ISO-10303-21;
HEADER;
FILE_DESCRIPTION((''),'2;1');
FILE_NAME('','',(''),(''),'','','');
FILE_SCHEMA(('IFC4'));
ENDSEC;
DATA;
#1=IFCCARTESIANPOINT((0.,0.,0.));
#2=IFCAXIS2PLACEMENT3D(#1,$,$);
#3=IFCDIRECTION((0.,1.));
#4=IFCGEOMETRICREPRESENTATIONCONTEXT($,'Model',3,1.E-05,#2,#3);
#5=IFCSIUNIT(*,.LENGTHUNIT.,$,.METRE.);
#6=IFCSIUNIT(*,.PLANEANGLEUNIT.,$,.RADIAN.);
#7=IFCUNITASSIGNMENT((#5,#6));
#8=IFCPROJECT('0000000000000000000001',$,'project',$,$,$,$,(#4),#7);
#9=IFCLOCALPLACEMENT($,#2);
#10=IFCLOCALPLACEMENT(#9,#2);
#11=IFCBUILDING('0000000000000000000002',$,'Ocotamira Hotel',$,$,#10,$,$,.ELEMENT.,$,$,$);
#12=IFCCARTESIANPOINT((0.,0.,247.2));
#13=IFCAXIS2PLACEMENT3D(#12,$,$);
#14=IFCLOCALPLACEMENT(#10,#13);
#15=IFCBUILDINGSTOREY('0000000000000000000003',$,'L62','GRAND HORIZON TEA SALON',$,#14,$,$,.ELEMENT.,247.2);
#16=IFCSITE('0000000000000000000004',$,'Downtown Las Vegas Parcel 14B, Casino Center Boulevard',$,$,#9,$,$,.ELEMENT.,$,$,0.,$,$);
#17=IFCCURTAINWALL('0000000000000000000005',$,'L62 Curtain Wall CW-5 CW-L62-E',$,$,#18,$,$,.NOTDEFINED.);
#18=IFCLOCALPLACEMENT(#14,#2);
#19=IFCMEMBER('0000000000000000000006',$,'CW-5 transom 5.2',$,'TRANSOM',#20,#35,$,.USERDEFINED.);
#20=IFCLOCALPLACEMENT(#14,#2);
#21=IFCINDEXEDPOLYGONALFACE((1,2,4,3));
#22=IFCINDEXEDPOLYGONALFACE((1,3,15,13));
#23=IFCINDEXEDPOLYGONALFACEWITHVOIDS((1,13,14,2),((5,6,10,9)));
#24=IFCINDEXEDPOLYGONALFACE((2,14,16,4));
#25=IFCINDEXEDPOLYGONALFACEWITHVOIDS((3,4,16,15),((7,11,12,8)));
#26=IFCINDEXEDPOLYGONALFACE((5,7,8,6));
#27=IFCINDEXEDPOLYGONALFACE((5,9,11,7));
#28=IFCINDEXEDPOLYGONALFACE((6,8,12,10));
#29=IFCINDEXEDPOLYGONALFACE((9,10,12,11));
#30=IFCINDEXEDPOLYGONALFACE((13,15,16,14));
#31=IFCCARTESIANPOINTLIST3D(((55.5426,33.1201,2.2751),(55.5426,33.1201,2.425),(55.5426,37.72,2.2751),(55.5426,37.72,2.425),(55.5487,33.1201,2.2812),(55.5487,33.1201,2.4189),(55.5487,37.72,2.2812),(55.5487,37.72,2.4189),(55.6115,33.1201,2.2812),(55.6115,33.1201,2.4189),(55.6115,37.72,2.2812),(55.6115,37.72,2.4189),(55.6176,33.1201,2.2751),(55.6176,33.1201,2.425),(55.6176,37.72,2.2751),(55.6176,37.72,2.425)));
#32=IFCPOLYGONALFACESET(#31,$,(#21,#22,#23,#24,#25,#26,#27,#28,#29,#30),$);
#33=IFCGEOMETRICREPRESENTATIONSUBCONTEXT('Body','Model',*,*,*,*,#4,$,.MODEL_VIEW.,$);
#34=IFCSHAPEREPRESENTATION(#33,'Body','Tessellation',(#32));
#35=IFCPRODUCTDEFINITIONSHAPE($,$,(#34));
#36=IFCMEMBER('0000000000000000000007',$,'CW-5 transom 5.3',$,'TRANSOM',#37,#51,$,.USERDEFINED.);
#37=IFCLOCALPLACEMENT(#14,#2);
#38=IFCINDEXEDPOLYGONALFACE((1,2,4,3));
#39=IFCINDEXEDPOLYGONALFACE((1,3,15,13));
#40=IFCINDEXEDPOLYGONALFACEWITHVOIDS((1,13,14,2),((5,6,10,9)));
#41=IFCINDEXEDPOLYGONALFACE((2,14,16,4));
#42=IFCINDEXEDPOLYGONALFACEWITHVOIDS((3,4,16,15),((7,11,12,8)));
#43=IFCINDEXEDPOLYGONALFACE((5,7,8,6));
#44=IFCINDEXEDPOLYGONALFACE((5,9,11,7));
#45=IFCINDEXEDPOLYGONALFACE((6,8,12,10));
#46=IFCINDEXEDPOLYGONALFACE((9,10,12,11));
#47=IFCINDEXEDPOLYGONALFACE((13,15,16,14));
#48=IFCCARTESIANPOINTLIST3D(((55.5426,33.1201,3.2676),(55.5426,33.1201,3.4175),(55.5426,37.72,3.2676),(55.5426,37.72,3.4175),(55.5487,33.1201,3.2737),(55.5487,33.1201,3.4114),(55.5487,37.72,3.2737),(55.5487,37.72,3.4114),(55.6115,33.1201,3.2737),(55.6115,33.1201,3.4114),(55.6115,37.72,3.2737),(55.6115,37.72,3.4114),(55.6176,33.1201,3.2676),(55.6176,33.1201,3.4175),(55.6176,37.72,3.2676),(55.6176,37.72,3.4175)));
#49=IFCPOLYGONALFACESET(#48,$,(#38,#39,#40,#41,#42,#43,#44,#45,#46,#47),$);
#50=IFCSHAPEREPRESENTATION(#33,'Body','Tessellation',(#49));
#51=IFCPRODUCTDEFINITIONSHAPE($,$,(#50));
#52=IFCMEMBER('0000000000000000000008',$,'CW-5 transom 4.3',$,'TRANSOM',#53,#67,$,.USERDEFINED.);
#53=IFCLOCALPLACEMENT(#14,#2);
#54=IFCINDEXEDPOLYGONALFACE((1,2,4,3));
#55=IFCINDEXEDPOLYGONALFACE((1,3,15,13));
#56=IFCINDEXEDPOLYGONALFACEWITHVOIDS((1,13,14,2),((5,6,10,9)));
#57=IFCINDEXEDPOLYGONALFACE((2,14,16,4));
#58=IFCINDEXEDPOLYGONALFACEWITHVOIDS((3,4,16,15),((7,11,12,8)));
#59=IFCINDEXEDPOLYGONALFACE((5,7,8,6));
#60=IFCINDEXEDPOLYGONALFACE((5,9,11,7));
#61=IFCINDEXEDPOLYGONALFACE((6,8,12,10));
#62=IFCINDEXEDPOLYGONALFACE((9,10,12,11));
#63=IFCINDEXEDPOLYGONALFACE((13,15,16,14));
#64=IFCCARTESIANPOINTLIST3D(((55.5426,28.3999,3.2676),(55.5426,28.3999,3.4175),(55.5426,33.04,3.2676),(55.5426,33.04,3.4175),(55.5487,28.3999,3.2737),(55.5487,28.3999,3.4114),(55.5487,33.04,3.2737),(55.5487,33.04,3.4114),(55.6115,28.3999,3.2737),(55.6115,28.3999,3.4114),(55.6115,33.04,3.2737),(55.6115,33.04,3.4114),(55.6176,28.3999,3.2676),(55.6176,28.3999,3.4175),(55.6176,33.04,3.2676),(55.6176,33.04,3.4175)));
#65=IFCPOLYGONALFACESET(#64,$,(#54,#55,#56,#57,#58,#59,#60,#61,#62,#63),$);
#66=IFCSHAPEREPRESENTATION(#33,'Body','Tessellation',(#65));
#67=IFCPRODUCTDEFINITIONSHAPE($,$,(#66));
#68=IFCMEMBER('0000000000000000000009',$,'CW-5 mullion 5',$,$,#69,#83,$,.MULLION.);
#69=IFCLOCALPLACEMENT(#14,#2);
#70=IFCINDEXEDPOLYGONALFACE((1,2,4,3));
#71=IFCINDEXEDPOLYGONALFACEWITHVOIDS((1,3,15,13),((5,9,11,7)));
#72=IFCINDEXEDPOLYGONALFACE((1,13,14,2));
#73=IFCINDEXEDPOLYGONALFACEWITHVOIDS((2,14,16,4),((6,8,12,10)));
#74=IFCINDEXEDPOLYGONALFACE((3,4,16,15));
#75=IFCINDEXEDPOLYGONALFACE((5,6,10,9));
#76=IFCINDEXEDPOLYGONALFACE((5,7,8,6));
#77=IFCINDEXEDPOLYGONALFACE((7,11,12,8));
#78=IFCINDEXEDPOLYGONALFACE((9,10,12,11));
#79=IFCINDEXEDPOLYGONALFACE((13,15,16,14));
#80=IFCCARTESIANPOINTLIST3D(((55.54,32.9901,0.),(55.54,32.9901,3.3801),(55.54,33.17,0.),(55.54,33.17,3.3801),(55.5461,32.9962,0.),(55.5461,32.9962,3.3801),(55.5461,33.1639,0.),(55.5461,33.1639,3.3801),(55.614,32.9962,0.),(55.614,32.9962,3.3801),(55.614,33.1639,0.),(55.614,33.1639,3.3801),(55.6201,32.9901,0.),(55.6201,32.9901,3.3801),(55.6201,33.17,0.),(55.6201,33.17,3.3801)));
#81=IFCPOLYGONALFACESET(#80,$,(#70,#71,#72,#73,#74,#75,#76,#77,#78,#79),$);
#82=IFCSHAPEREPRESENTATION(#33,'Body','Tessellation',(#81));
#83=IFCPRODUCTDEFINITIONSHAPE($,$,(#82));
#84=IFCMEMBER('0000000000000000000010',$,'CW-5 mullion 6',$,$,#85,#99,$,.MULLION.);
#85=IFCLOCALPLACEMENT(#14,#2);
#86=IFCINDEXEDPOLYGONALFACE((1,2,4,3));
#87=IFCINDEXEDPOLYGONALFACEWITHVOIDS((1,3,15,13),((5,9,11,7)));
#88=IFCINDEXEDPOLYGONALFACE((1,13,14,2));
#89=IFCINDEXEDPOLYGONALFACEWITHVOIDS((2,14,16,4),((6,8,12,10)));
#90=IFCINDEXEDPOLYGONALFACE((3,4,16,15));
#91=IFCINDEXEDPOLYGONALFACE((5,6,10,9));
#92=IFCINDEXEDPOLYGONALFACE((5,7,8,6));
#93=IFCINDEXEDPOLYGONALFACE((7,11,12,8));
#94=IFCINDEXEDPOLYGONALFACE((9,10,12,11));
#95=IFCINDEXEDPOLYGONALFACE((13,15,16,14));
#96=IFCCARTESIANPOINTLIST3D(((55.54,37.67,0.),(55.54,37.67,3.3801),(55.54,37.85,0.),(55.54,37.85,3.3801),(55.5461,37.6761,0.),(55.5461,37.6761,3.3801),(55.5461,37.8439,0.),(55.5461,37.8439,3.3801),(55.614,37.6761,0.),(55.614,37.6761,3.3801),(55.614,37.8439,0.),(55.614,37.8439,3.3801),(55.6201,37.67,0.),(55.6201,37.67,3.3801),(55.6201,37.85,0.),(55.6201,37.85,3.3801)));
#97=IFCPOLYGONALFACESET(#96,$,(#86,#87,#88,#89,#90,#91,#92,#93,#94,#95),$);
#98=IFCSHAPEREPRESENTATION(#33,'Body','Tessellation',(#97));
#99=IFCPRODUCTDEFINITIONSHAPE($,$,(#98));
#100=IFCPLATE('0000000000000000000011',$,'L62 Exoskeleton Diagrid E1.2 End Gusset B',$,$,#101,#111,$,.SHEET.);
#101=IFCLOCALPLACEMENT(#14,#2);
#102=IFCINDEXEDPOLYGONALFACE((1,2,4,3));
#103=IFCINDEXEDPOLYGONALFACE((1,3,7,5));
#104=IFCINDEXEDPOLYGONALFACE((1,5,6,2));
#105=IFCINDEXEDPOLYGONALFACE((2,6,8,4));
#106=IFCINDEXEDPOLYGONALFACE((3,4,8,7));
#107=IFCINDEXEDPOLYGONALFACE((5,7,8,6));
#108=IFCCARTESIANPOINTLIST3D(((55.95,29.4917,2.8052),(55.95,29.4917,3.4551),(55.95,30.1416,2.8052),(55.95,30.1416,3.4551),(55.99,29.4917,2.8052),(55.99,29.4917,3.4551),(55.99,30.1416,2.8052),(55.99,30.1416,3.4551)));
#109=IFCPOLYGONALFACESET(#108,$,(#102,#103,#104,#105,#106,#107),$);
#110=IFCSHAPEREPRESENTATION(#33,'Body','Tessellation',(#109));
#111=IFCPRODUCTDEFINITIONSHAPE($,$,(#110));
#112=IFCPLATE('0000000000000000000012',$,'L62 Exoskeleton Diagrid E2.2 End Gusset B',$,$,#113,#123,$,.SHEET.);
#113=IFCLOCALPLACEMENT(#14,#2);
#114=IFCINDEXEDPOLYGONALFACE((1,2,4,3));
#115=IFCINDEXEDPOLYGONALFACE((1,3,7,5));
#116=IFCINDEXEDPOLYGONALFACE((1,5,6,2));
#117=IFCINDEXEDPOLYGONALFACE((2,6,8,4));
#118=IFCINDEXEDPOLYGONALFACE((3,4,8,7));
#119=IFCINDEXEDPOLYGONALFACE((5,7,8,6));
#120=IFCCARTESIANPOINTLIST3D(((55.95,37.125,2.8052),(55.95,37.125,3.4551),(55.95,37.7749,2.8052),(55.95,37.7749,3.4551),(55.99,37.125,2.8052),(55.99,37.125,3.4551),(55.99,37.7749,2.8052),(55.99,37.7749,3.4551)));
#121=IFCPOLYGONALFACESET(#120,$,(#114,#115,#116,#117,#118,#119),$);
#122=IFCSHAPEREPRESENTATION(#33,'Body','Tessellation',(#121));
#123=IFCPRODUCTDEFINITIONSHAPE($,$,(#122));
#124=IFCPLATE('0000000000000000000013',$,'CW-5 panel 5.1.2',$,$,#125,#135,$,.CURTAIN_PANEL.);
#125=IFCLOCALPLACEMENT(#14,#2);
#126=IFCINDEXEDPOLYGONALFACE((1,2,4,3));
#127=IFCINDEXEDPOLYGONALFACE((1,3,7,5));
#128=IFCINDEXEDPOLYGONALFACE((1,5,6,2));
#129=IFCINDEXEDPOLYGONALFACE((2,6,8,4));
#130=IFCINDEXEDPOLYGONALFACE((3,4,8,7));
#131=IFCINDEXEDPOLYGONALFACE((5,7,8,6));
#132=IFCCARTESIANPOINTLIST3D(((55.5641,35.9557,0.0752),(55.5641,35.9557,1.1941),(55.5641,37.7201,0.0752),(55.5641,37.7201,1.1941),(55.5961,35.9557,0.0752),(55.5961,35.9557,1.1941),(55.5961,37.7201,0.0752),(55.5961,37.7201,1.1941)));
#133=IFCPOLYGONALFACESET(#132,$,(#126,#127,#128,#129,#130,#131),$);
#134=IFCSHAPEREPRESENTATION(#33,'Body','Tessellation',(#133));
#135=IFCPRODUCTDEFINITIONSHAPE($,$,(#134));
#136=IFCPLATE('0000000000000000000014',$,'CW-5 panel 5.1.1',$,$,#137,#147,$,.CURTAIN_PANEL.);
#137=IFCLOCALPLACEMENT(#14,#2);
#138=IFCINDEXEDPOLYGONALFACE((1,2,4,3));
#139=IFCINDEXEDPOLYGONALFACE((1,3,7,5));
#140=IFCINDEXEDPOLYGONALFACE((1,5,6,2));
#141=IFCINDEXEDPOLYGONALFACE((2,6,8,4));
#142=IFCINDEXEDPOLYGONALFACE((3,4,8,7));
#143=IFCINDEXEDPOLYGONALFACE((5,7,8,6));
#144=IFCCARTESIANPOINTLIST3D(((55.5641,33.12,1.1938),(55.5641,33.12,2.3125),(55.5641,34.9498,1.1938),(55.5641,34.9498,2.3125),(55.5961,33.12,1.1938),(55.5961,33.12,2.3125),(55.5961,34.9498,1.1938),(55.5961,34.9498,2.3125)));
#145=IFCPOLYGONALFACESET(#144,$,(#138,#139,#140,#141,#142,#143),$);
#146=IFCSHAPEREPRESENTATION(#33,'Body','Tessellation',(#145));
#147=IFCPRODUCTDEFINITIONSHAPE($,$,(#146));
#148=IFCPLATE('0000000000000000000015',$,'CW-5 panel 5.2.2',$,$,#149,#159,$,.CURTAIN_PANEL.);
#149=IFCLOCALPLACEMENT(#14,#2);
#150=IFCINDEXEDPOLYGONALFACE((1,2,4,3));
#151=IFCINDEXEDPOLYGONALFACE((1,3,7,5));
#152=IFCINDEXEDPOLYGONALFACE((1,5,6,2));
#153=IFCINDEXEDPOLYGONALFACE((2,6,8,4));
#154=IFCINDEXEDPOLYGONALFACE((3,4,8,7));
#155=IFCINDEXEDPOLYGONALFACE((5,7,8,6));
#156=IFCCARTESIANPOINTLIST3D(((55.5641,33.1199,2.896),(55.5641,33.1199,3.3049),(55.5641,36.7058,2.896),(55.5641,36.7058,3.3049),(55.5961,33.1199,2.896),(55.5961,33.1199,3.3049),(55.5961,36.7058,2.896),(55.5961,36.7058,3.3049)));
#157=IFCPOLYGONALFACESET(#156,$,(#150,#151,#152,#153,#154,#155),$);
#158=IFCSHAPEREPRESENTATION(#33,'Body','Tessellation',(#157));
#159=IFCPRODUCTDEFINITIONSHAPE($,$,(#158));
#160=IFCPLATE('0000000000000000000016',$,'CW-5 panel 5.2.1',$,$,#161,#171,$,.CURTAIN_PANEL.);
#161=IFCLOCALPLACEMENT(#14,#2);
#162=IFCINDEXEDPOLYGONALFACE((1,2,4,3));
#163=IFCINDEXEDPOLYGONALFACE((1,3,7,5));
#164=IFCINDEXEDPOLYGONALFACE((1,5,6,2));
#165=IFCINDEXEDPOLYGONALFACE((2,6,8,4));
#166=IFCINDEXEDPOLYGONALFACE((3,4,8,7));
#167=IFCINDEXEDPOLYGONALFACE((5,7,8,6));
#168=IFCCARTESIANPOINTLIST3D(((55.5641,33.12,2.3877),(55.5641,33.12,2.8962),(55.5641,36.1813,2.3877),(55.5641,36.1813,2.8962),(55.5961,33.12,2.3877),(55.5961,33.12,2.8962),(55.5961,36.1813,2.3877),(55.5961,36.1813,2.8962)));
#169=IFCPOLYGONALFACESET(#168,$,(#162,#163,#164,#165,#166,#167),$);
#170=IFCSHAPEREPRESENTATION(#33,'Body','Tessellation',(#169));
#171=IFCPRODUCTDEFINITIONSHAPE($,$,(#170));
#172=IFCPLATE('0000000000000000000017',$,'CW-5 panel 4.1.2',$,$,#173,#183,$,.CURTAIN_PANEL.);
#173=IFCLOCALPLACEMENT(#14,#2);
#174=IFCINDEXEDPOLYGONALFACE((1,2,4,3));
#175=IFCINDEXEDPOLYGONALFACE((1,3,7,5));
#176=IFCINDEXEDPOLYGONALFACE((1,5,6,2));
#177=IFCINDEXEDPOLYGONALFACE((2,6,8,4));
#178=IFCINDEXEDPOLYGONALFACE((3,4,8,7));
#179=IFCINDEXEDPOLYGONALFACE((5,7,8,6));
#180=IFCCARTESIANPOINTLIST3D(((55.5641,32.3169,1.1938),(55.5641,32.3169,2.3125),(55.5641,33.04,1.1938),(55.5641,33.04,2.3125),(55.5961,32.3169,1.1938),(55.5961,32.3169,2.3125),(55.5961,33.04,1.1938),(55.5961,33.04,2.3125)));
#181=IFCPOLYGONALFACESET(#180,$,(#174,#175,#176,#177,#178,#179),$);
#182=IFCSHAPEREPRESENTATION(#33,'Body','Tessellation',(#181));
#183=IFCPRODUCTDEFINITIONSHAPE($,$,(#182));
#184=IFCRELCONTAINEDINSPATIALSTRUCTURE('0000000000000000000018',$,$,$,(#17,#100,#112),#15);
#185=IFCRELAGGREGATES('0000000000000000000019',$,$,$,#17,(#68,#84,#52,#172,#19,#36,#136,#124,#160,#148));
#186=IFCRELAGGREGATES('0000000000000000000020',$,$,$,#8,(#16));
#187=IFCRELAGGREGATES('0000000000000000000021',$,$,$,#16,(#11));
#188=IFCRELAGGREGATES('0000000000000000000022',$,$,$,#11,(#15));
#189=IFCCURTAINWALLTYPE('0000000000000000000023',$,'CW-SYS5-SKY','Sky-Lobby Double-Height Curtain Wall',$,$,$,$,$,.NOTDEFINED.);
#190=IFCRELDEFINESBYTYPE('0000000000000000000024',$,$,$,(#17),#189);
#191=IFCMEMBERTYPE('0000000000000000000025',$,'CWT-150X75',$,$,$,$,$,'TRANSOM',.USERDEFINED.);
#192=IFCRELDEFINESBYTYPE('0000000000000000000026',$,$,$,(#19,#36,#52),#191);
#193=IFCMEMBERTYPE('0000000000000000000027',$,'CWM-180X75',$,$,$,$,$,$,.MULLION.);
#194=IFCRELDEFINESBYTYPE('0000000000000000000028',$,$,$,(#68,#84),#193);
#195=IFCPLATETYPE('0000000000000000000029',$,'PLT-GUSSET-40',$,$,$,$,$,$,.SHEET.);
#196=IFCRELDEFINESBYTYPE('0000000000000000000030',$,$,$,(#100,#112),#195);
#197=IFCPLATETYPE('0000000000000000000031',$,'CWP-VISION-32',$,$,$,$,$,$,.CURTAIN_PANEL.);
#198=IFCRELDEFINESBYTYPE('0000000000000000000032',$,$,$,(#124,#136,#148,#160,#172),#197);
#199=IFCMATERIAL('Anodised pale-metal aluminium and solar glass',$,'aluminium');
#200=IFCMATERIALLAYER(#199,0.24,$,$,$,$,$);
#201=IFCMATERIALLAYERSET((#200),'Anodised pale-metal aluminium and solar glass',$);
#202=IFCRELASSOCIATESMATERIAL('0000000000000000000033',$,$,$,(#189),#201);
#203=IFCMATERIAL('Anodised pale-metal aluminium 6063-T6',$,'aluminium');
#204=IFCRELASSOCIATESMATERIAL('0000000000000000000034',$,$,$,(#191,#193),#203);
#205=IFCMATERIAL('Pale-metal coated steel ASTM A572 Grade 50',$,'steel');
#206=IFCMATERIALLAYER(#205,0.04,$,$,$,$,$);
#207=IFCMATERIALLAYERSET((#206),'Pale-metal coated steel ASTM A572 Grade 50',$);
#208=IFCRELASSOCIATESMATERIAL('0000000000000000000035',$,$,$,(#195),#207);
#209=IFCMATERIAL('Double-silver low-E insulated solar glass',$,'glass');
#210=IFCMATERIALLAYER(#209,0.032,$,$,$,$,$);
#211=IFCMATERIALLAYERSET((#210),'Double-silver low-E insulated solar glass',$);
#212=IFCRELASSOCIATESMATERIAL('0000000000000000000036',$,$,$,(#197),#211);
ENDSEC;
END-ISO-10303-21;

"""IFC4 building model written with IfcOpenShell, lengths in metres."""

from ifc_helpers import new_model, si_unit, direction, frame, origin, origin_2d, place, context, subcontext, project, spatial, rectangle, hollow_rectangle, extrude, source, transform, mapped, material, layer, layer_set, material_profile, profile_set, type_object, element, aggregate, save


model = new_model("IFC4")

# Units and contexts
model_context = context("Model", 3, precision=1e-05, world=origin(), true_north=direction((0.0, 1.0)))
body_context = subcontext(model_context, "Body", "Model", "MODEL_VIEW")
ifc_project = project(units=[si_unit("LENGTHUNIT", "METRE"), si_unit("PLANEANGLEUNIT", "RADIAN")], contexts=[model_context])

# Site, building, storey
site_placement = place(None, origin())
site = spatial("IfcSite", under=ifc_project, at=site_placement, Name="Downtown Las Vegas Parcel 14B, Casino Center Boulevard", CompositionType="ELEMENT", RefElevation=0.0)
building_placement = place(site_placement, origin())
building = spatial("IfcBuilding", under=site, at=building_placement, Name="Ocotamira Hotel", CompositionType="ELEMENT")
storey_placement = place(building_placement, frame((0.0, 0.0, 247.2)))
storey = spatial("IfcBuildingStorey", under=building, at=storey_placement, Name="L62", Description="GRAND HORIZON TEA SALON", CompositionType="ELEMENT", Elevation=247.2)

# Curtain wall, members
ifc_material_1 = material(Name="Anodised pale-metal aluminium and solar glass", Category="aluminium")
ifc_layer_1 = layer(ifc_material_1, 0.24)
ifc_layer_set_1 = layer_set([ifc_layer_1], Name="Anodised pale-metal aluminium and solar glass")
curtain_wall_type = type_object("IfcCurtainWallType", Name="CW-SYS5-SKY", Description="Sky-Lobby Double-Height Curtain Wall", PredefinedType="NOTDEFINED", material=ifc_layer_set_1)
curtain_wall_placement = place(storey_placement, origin())
curtain_wall = element("IfcCurtainWall", 1, at=curtain_wall_placement, inside=storey, type_object=curtain_wall_type, Name="L62 Curtain Wall CW-5 CW-L62-E", PredefinedType="NOTDEFINED")
ifc_material_2 = material(Name="Anodised pale-metal aluminium 6063-T6", Category="aluminium")
ifc_material_profile_1 = material_profile(ifc_material_2, hollow_rectangle(XDim=0.075, YDim=0.1499, WallThickness=0.0061, at=origin_2d()), Name="HSS150X75X6")
ifc_profile_set_1 = profile_set([ifc_material_profile_1], Name="Anodised pale-metal aluminium 6063-T6")
member_type_1 = type_object("IfcMemberType", Name="CWT-150X75", ElementType="TRANSOM", PredefinedType="USERDEFINED", material=ifc_profile_set_1)
shared_shape_1 = source(origin(), body_context, "Body", "SweptSolid", [
    extrude(hollow_rectangle(XDim=0.075, YDim=0.1499, WallThickness=0.0061, at=origin_2d()), origin(), (0.0, 0.0, 1.0), 4.5999),
])
member_1_placement = place(storey_placement, frame((55.5801, 33.1201, 2.3501), z_axis=(0.0, 1.0, 0.0), x_axis=(-1.0, 0.0, 0.0)))
member_1 = element("IfcMember", 2, at=member_1_placement, type_object=member_type_1, Name="CW-5 transom 5.2", ObjectType="TRANSOM", PredefinedType="USERDEFINED", context=body_context, shape_type="MappedRepresentation", body=[
    mapped(shared_shape_1, transform((0.0, 0.0, 0.0), scale=1.0)),
])
member_2_placement = place(storey_placement, frame((55.5801, 33.1201, 3.3425), z_axis=(0.0, 1.0, 0.0), x_axis=(-1.0, 0.0, 0.0)))
member_2 = element("IfcMember", 3, at=member_2_placement, type_object=member_type_1, Name="CW-5 transom 5.3", ObjectType="TRANSOM", PredefinedType="USERDEFINED", context=body_context, shape_type="MappedRepresentation", body=[
    mapped(shared_shape_1, transform((0.0, 0.0, 0.0), scale=1.0)),
])
shared_shape_2 = source(origin(), body_context, "Body", "SweptSolid", [
    extrude(hollow_rectangle(XDim=0.075, YDim=0.1499, WallThickness=0.0061, at=origin_2d()), origin(), (0.0, 0.0, 1.0), 4.6401),
])
member_3_placement = place(storey_placement, frame((55.5801, 28.3999, 3.3425), z_axis=(0.0, 1.0, 0.0), x_axis=(-1.0, 0.0, 0.0)))
member_3 = element("IfcMember", 4, at=member_3_placement, type_object=member_type_1, Name="CW-5 transom 4.3", ObjectType="TRANSOM", PredefinedType="USERDEFINED", context=body_context, shape_type="MappedRepresentation", body=[
    mapped(shared_shape_2, transform((0.0, 0.0, 0.0), scale=1.0)),
])
ifc_material_profile_2 = material_profile(ifc_material_2, hollow_rectangle(XDim=0.0801, YDim=0.1799, WallThickness=0.0061, at=origin_2d()), Name="HSS180X80X6")
ifc_profile_set_2 = profile_set([ifc_material_profile_2], Name="Anodised pale-metal aluminium 6063-T6")
member_type_2 = type_object("IfcMemberType", Name="CWM-180X75", PredefinedType="MULLION", material=ifc_profile_set_2)
shared_shape_3 = source(origin(), body_context, "Body", "SweptSolid", [
    extrude(hollow_rectangle(XDim=0.0801, YDim=0.1799, WallThickness=0.0061, at=origin_2d()), origin(), (0.0, 0.0, 1.0), 3.3801),
])
member_4_placement = place(storey_placement, frame((55.5801, 33.0801, 0.0), z_axis=(0.0, 0.0, 1.0), x_axis=(-1.0, 0.0, 0.0)))
member_4 = element("IfcMember", 5, at=member_4_placement, type_object=member_type_2, Name="CW-5 mullion 5", PredefinedType="MULLION", context=body_context, shape_type="MappedRepresentation", body=[
    mapped(shared_shape_3, transform((0.0, 0.0, 0.0), scale=1.0)),
])
member_5_placement = place(storey_placement, frame((55.5801, 37.76, 0.0), z_axis=(0.0, 0.0, 1.0), x_axis=(-1.0, 0.0, 0.0)))
member_5 = element("IfcMember", 6, at=member_5_placement, type_object=member_type_2, Name="CW-5 mullion 6", PredefinedType="MULLION", context=body_context, shape_type="MappedRepresentation", body=[
    mapped(shared_shape_3, transform((0.0, 0.0, 0.0), scale=1.0)),
])

# Plates
ifc_material_3 = material(Name="Pale-metal coated steel ASTM A572 Grade 50", Category="steel")
ifc_layer_2 = layer(ifc_material_3, 0.04)
ifc_layer_set_2 = layer_set([ifc_layer_2], Name="Pale-metal coated steel ASTM A572 Grade 50")
plate_type_1 = type_object("IfcPlateType", Name="PLT-GUSSET-40", PredefinedType="SHEET", material=ifc_layer_set_2)
shared_shape_4 = source(origin(), body_context, "Body", "SweptSolid", [
    extrude(rectangle(XDim=0.04, YDim=0.6499, at=origin_2d()), origin(), (0.0, 0.0, 1.0), 0.6499),
])
for number, where, z_axis, x_axis, name in (
    (7, (55.97, 29.8167, 2.8052), (0.0, 0.0, 1.0), (1.0, 0.0, 0.0), "L62 Exoskeleton Diagrid E1.2 End Gusset B"),
    (8, (55.97, 37.45, 2.8052), (0.0, 0.0, 1.0), (1.0, 0.0, 0.0), "L62 Exoskeleton Diagrid E2.2 End Gusset B"),
):
    element("IfcPlate", number, at=place(storey_placement, frame(where, z_axis=z_axis, x_axis=x_axis)), inside=storey, type_object=plate_type_1, Name=name, PredefinedType="SHEET", context=body_context, shape_type="MappedRepresentation", body=[
        mapped(shared_shape_4, transform((0.0, 0.0, 0.0), scale=1.0)),
    ])

# Plates
ifc_material_4 = material(Name="Double-silver low-E insulated solar glass", Category="glass")
ifc_layer_3 = layer(ifc_material_4, 0.032)
ifc_layer_set_3 = layer_set([ifc_layer_3], Name="Double-silver low-E insulated solar glass")
plate_type_2 = type_object("IfcPlateType", Name="CWP-VISION-32", PredefinedType="CURTAIN_PANEL", material=ifc_layer_set_3)
shared_shape_5 = source(origin(), body_context, "Body", "SweptSolid", [
    extrude(rectangle(XDim=1.7644, YDim=0.032, at=origin_2d()), origin(), (0.0, 0.0, 1.0), 1.1189),
])
plate_1_placement = place(storey_placement, frame((55.5801, 36.8379, 0.0752), z_axis=(0.0, 0.0, 1.0), x_axis=(0.0, 1.0, 0.0)))
plate_1 = element("IfcPlate", 9, at=plate_1_placement, type_object=plate_type_2, Name="CW-5 panel 5.1.2", PredefinedType="CURTAIN_PANEL", context=body_context, shape_type="MappedRepresentation", body=[
    mapped(shared_shape_5, transform((0.0, 0.0, 0.0), scale=1.0)),
])
shared_shape_6 = source(origin(), body_context, "Body", "SweptSolid", [
    extrude(rectangle(XDim=1.8298, YDim=0.032, at=origin_2d()), origin(), (0.0, 0.0, 1.0), 1.1187),
])
plate_2_placement = place(storey_placement, frame((55.5801, 34.0349, 1.1938), z_axis=(0.0, 0.0, 1.0), x_axis=(0.0, 1.0, 0.0)))
plate_2 = element("IfcPlate", 10, at=plate_2_placement, type_object=plate_type_2, Name="CW-5 panel 5.1.1", PredefinedType="CURTAIN_PANEL", context=body_context, shape_type="MappedRepresentation", body=[
    mapped(shared_shape_6, transform((0.0, 0.0, 0.0), scale=1.0)),
])
shared_shape_7 = source(origin(), body_context, "Body", "SweptSolid", [
    extrude(rectangle(XDim=3.5859, YDim=0.032, at=origin_2d()), origin(), (0.0, 0.0, 1.0), 0.4089),
])
plate_3_placement = place(storey_placement, frame((55.5801, 34.9128, 2.896), z_axis=(0.0, 0.0, 1.0), x_axis=(0.0, 1.0, 0.0)))
plate_3 = element("IfcPlate", 11, at=plate_3_placement, type_object=plate_type_2, Name="CW-5 panel 5.2.2", PredefinedType="CURTAIN_PANEL", context=body_context, shape_type="MappedRepresentation", body=[
    mapped(shared_shape_7, transform((0.0, 0.0, 0.0), scale=1.0)),
])
shared_shape_8 = source(origin(), body_context, "Body", "SweptSolid", [
    extrude(rectangle(XDim=3.0613, YDim=0.032, at=origin_2d()), origin(), (0.0, 0.0, 1.0), 0.5085),
])
plate_4_placement = place(storey_placement, frame((55.5801, 34.6506, 2.3877), z_axis=(0.0, 0.0, 1.0), x_axis=(0.0, 1.0, 0.0)))
plate_4 = element("IfcPlate", 12, at=plate_4_placement, type_object=plate_type_2, Name="CW-5 panel 5.2.1", PredefinedType="CURTAIN_PANEL", context=body_context, shape_type="MappedRepresentation", body=[
    mapped(shared_shape_8, transform((0.0, 0.0, 0.0), scale=1.0)),
])
shared_shape_9 = source(origin(), body_context, "Body", "SweptSolid", [
    extrude(rectangle(XDim=0.7231, YDim=0.032, at=origin_2d()), origin(), (0.0, 0.0, 1.0), 1.1187),
])
plate_5_placement = place(storey_placement, frame((55.5801, 32.6785, 1.1938), z_axis=(0.0, 0.0, 1.0), x_axis=(0.0, 1.0, 0.0)))
plate_5 = element("IfcPlate", 13, at=plate_5_placement, type_object=plate_type_2, Name="CW-5 panel 4.1.2", PredefinedType="CURTAIN_PANEL", context=body_context, shape_type="MappedRepresentation", body=[
    mapped(shared_shape_9, transform((0.0, 0.0, 0.0), scale=1.0)),
])
aggregate(curtain_wall, [member_4, member_5, member_3, plate_5, member_1, member_2, plate_2, plate_1, plate_4, plate_3])

save(model, "model.ifc")
